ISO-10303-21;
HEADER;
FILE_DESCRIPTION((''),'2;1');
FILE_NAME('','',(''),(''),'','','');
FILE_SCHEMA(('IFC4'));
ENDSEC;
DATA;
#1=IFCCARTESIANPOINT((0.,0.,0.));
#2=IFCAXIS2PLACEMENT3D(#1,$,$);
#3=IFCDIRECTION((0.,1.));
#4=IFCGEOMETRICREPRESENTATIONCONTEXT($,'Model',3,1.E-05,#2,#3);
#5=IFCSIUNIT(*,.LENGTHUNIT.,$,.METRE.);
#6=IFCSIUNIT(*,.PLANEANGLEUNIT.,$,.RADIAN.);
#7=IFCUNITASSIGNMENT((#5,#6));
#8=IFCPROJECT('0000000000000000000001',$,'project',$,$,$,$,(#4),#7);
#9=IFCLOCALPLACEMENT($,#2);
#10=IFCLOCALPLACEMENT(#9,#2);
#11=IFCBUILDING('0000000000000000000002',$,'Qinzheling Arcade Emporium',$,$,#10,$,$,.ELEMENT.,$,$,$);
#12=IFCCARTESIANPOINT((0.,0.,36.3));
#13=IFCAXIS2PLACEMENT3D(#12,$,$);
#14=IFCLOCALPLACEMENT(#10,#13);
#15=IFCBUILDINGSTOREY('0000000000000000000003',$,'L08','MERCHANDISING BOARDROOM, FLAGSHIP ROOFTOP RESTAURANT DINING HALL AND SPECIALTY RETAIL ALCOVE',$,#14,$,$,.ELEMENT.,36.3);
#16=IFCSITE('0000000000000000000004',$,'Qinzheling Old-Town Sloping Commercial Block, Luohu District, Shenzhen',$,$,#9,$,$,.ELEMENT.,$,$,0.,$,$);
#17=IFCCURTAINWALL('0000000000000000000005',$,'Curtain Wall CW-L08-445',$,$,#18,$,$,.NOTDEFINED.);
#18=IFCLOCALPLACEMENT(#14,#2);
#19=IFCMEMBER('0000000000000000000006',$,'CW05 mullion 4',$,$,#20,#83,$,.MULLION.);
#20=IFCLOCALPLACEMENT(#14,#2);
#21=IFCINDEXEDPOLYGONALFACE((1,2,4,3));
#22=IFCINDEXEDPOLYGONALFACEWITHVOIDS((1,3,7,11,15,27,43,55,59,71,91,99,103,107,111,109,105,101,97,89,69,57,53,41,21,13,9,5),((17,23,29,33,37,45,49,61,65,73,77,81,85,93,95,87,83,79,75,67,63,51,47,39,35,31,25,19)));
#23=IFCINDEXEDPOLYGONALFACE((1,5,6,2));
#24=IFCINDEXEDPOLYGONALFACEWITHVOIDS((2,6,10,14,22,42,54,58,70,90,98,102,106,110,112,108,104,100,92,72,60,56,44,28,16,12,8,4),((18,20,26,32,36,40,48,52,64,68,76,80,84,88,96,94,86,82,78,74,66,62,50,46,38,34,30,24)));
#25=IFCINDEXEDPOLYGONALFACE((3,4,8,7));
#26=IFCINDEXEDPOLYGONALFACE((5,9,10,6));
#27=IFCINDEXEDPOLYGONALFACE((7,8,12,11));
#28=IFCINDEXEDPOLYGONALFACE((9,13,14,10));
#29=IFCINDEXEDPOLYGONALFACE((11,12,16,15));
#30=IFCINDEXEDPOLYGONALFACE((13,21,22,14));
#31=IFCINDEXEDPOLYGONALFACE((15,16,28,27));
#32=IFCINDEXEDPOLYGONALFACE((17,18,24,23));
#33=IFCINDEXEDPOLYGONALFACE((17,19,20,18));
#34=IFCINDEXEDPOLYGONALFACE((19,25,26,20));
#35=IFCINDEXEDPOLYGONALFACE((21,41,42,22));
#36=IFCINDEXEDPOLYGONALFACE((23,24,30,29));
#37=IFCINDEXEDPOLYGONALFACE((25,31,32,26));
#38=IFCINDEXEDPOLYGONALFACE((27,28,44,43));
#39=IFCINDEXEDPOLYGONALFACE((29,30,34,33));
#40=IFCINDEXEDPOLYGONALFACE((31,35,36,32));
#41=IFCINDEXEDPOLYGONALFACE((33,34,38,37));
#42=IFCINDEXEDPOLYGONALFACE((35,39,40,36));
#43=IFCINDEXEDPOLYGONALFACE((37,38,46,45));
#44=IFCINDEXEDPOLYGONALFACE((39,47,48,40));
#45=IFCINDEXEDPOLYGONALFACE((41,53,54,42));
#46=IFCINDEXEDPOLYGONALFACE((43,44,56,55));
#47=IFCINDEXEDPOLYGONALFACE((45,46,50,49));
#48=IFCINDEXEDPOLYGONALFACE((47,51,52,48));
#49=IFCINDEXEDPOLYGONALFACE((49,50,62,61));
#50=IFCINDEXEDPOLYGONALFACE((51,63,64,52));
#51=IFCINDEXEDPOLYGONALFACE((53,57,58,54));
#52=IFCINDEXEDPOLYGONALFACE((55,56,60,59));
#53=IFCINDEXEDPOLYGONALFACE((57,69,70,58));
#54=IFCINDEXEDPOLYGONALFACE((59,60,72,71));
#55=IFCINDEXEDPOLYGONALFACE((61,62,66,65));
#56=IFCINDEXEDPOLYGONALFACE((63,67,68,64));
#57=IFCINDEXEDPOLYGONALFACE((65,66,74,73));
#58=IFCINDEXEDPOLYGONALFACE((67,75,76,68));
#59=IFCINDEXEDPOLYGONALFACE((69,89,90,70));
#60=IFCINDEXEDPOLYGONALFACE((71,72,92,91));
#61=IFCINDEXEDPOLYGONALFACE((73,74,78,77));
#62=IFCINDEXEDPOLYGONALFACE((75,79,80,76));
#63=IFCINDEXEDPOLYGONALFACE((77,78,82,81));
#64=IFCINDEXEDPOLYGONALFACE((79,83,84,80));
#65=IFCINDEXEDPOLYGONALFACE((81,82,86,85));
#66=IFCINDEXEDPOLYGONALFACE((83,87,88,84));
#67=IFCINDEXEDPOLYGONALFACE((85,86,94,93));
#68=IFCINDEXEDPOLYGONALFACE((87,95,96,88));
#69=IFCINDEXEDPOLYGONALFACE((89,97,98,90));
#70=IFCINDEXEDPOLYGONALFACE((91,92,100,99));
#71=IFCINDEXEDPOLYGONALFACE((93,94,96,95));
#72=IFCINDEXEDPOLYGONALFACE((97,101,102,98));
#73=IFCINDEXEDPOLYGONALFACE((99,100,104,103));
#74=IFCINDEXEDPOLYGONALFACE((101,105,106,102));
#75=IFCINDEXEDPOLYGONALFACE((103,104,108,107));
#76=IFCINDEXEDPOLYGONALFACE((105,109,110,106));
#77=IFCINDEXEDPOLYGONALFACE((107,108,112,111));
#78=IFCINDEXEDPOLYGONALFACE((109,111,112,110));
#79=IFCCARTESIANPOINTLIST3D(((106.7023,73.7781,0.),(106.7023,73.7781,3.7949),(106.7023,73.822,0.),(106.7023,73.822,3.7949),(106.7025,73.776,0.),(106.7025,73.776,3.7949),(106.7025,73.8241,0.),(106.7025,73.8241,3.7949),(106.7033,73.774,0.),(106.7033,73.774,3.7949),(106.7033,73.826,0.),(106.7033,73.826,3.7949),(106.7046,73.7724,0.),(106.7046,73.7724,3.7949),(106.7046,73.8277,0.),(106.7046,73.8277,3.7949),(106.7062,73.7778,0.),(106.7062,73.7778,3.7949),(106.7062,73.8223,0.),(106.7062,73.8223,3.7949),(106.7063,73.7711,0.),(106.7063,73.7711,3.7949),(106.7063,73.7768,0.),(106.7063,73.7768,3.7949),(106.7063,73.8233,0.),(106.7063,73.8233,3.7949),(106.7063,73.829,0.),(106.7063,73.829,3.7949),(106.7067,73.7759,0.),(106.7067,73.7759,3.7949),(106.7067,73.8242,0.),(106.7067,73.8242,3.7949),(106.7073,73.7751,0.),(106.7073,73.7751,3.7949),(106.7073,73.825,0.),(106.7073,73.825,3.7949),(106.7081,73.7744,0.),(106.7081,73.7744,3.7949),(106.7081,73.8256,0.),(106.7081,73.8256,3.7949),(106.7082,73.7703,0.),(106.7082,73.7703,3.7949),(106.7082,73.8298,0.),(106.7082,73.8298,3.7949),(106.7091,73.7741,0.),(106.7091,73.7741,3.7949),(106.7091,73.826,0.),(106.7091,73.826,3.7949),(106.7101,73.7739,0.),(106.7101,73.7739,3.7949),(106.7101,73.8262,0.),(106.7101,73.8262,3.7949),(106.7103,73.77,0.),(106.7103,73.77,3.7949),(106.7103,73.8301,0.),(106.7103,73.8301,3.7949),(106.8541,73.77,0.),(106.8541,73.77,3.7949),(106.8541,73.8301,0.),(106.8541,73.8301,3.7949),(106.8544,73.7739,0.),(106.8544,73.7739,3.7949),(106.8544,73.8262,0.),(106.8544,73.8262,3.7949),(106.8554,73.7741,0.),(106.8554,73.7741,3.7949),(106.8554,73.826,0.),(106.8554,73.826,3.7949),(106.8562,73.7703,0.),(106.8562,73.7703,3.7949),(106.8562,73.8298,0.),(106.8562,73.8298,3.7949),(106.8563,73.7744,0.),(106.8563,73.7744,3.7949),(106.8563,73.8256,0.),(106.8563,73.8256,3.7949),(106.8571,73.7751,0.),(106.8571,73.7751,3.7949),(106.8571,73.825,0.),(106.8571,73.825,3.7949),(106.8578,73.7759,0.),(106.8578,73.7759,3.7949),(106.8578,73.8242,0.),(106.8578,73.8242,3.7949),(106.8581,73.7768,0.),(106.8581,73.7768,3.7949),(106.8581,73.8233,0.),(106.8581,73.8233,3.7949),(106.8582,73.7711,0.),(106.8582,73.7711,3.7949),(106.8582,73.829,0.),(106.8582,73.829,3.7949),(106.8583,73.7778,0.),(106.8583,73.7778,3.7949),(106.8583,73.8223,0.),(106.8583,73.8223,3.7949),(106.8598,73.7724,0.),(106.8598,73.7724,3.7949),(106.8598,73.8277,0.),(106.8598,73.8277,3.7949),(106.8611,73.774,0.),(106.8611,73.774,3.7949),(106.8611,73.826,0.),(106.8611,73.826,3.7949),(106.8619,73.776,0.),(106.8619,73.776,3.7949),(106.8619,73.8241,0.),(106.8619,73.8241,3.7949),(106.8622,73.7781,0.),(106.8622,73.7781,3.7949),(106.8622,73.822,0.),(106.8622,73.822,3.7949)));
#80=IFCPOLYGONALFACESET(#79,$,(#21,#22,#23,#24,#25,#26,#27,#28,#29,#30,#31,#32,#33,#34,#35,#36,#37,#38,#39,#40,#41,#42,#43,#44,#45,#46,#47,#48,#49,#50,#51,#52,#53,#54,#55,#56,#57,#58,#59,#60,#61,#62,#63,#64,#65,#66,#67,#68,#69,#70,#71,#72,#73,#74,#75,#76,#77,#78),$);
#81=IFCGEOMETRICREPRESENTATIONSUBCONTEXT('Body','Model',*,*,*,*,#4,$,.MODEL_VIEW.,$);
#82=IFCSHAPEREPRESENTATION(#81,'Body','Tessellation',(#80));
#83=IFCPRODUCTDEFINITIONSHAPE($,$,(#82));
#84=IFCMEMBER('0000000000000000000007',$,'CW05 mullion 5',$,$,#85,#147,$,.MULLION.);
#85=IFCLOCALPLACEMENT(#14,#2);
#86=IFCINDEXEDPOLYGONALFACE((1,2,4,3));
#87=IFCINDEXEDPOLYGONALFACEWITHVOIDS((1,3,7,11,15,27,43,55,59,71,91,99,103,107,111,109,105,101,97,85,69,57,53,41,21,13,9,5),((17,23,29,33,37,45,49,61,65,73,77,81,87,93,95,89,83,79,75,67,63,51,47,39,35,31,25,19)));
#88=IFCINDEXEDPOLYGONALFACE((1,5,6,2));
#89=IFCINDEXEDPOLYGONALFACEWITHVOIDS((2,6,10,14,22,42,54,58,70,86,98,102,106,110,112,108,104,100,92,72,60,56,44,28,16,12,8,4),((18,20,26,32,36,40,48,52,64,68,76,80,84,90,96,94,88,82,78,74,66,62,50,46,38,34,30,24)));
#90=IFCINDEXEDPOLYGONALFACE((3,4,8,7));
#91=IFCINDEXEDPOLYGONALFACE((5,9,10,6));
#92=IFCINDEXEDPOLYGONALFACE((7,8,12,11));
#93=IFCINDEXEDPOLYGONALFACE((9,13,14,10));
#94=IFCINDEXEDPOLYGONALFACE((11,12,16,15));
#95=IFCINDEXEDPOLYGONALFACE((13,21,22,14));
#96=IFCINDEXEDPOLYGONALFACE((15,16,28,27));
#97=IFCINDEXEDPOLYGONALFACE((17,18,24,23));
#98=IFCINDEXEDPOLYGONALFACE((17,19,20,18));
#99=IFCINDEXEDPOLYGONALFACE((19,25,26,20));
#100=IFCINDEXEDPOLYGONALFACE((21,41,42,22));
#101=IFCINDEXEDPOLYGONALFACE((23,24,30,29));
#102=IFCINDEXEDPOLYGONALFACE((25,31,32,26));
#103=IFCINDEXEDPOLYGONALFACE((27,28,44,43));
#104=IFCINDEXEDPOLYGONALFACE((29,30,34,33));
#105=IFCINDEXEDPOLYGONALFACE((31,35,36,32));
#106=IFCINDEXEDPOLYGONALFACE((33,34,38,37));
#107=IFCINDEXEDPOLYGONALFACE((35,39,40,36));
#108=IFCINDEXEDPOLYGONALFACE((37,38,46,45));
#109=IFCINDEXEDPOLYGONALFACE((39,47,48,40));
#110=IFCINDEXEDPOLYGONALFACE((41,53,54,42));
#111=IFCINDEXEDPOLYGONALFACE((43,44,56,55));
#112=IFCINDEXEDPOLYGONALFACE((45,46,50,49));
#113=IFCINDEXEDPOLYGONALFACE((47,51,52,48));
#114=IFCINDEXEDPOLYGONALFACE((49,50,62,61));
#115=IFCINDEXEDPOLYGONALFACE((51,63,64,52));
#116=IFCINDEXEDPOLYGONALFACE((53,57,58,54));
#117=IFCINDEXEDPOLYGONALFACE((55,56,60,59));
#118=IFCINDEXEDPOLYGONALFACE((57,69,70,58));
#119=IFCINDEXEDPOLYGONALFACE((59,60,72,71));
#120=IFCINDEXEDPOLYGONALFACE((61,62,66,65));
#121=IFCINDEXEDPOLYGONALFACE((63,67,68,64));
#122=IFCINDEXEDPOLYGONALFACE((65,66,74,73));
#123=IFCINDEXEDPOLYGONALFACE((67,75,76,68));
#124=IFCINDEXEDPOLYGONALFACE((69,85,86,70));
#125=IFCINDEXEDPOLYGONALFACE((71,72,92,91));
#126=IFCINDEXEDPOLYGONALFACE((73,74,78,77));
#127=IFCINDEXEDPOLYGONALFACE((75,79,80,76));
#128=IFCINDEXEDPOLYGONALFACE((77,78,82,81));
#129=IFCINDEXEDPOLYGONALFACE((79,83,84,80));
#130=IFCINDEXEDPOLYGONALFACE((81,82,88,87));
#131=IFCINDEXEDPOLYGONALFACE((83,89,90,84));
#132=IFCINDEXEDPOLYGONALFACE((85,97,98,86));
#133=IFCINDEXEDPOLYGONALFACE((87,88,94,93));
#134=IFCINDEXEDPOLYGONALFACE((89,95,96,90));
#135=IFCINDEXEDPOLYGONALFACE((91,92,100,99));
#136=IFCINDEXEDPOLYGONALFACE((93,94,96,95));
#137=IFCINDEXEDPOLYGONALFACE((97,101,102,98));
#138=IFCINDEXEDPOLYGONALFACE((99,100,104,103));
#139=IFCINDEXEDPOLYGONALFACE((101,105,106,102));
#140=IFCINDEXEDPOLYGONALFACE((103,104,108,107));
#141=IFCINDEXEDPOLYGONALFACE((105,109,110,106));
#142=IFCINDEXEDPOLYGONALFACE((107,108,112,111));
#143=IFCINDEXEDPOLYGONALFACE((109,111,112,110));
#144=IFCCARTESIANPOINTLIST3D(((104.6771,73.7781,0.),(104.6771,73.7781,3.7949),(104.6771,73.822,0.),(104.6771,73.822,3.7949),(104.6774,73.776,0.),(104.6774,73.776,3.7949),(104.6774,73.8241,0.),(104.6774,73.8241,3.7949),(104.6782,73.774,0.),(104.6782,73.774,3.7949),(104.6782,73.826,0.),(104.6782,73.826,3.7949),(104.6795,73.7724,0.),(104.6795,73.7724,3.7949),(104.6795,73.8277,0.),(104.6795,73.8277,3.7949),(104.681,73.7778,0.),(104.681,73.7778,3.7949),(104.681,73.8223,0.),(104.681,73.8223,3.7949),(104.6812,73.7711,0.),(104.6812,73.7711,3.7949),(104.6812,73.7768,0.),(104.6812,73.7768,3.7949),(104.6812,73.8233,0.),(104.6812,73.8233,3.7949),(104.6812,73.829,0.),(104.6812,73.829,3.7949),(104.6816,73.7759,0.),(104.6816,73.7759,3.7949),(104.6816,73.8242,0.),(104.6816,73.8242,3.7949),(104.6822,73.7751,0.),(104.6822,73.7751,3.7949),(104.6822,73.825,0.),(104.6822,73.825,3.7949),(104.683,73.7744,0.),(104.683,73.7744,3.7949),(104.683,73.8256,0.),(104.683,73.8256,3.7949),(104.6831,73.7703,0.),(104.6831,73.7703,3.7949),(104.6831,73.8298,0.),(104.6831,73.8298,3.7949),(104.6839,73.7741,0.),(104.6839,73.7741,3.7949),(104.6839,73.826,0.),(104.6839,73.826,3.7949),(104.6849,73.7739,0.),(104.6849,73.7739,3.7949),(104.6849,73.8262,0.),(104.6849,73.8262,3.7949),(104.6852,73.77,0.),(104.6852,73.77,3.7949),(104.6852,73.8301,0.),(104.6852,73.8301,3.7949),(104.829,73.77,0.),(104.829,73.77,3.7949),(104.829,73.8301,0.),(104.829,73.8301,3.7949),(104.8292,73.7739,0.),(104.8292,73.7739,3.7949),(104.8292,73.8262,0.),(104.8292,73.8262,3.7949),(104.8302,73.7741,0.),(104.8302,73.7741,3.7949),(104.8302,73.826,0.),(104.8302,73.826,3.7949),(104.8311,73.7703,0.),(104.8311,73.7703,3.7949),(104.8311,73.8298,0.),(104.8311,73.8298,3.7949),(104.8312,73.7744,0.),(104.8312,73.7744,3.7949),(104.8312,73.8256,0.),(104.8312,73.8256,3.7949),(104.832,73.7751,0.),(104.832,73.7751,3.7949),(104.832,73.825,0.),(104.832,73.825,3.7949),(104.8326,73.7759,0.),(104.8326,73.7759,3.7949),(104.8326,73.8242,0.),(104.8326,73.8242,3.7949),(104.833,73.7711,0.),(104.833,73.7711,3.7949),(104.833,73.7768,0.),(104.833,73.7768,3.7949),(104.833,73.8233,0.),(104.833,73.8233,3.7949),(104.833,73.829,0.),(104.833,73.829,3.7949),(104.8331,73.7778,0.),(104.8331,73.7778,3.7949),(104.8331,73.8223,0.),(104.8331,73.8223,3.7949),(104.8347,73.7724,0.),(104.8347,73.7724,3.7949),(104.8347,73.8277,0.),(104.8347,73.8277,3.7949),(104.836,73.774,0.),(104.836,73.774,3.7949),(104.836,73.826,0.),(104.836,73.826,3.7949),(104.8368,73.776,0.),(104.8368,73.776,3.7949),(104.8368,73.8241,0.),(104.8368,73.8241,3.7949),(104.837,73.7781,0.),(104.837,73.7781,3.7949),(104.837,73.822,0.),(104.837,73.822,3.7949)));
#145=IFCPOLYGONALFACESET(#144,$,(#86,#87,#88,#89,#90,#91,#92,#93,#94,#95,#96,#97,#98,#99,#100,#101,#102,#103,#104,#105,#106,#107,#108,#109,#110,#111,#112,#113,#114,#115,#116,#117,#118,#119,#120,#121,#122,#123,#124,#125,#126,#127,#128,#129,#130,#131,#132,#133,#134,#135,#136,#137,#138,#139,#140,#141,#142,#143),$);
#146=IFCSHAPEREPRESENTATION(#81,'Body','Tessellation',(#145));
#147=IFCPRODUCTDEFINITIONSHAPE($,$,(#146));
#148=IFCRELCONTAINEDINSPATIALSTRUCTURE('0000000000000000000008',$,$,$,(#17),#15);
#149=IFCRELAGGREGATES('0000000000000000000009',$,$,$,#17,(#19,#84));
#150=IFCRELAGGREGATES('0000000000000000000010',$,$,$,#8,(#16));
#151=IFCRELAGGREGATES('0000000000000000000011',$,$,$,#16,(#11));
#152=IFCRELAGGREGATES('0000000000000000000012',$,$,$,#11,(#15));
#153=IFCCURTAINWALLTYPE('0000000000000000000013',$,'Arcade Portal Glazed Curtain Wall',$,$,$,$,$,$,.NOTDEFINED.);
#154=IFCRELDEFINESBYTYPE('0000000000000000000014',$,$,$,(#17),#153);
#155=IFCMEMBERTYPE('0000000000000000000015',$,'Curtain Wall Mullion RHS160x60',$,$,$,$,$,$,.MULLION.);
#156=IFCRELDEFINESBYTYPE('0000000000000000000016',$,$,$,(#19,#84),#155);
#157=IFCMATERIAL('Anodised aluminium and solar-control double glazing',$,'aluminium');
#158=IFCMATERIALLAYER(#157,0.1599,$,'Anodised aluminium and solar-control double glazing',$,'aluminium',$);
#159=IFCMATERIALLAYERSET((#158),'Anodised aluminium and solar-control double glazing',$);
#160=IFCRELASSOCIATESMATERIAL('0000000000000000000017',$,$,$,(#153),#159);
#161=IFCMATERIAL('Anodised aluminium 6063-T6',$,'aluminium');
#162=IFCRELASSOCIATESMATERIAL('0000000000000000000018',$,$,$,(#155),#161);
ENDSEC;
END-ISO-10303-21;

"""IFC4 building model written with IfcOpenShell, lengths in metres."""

from ifc_helpers import new_model, si_unit, direction, frame, origin, origin_2d, place, context, subcontext, project, spatial, hollow_rectangle, extrude, material, layer, layer_set, material_profile, profile_set, type_object, element, aggregate, save


model = new_model("IFC4")

# Units and contexts
model_context = context("Model", 3, precision=1e-05, world=origin(), true_north=direction((0.0, 1.0)))
body_context = subcontext(model_context, "Body", "Model", "MODEL_VIEW")
ifc_project = project(units=[si_unit("LENGTHUNIT", "METRE"), si_unit("PLANEANGLEUNIT", "RADIAN")], contexts=[model_context])

# Site, building, storey
site_placement = place(None, origin())
site = spatial("IfcSite", under=ifc_project, at=site_placement, Name="Qinzheling Old-Town Sloping Commercial Block, Luohu District, Shenzhen", CompositionType="ELEMENT", RefElevation=0.0)
building_placement = place(site_placement, origin())
building = spatial("IfcBuilding", under=site, at=building_placement, Name="Qinzheling Arcade Emporium", CompositionType="ELEMENT")
storey_placement = place(building_placement, frame((0.0, 0.0, 36.3)))
storey = spatial("IfcBuildingStorey", under=building, at=storey_placement, Name="L08", Description="MERCHANDISING BOARDROOM, FLAGSHIP ROOFTOP RESTAURANT DINING HALL AND SPECIALTY RETAIL ALCOVE", CompositionType="ELEMENT", Elevation=36.3)

# Curtain wall, members
ifc_material_1 = material(Name="Anodised aluminium and solar-control double glazing", Category="aluminium")
ifc_layer_1 = layer(ifc_material_1, 0.1599, Name="Anodised aluminium and solar-control double glazing", Category="aluminium")
ifc_layer_set_1 = layer_set([ifc_layer_1], Name="Anodised aluminium and solar-control double glazing")
curtain_wall_type = type_object("IfcCurtainWallType", Name="Arcade Portal Glazed Curtain Wall", PredefinedType="NOTDEFINED", material=ifc_layer_set_1)
curtain_wall_placement = place(storey_placement, origin())
curtain_wall = element("IfcCurtainWall", 1, at=curtain_wall_placement, inside=storey, type_object=curtain_wall_type, Name="Curtain Wall CW-L08-445", PredefinedType="NOTDEFINED")
ifc_material_2 = material(Name="Anodised aluminium 6063-T6", Category="aluminium")
ifc_material_profile_1 = material_profile(ifc_material_2, hollow_rectangle(XDim=0.0601, YDim=0.1599, WallThickness=0.0039, InnerFilletRadius=0.0039, OuterFilletRadius=0.0081, at=origin_2d()), Name="RHS 160x60x4", Category="aluminium")
ifc_profile_set_1 = profile_set([ifc_material_profile_1], Name="Anodised aluminium 6063-T6")
member_type_1 = type_object("IfcMemberType", Name="Curtain Wall Mullion RHS160x60", PredefinedType="MULLION", material=ifc_profile_set_1)
member_1_placement = place(storey_placement, frame((106.7822, 73.8, 0.0), z_axis=(0.0, 0.0, 1.0), x_axis=(0.0, -1.0, 0.0)))
member_1 = element("IfcMember", 2, at=member_1_placement, type_object=member_type_1, Name="CW05 mullion 4", PredefinedType="MULLION", context=body_context, shape_type="SweptSolid", body=[
    extrude(hollow_rectangle(XDim=0.0601, YDim=0.1599, WallThickness=0.0039, InnerFilletRadius=0.0039, OuterFilletRadius=0.0081, at=origin_2d()), origin(), (0.0, 0.0, 1.0), 3.7949),
])
member_2_placement = place(storey_placement, frame((104.7571, 73.8, 0.0), z_axis=(0.0, 0.0, 1.0), x_axis=(0.0, -1.0, 0.0)))
member_2 = element("IfcMember", 3, at=member_2_placement, type_object=member_type_1, Name="CW05 mullion 5", PredefinedType="MULLION", context=body_context, shape_type="SweptSolid", body=[
    extrude(hollow_rectangle(XDim=0.0601, YDim=0.1599, WallThickness=0.0039, InnerFilletRadius=0.0039, OuterFilletRadius=0.0081, at=origin_2d()), origin(), (0.0, 0.0, 1.0), 3.7949),
])

aggregate(curtain_wall, [member_1, member_2])

save(model, "model.ifc")
